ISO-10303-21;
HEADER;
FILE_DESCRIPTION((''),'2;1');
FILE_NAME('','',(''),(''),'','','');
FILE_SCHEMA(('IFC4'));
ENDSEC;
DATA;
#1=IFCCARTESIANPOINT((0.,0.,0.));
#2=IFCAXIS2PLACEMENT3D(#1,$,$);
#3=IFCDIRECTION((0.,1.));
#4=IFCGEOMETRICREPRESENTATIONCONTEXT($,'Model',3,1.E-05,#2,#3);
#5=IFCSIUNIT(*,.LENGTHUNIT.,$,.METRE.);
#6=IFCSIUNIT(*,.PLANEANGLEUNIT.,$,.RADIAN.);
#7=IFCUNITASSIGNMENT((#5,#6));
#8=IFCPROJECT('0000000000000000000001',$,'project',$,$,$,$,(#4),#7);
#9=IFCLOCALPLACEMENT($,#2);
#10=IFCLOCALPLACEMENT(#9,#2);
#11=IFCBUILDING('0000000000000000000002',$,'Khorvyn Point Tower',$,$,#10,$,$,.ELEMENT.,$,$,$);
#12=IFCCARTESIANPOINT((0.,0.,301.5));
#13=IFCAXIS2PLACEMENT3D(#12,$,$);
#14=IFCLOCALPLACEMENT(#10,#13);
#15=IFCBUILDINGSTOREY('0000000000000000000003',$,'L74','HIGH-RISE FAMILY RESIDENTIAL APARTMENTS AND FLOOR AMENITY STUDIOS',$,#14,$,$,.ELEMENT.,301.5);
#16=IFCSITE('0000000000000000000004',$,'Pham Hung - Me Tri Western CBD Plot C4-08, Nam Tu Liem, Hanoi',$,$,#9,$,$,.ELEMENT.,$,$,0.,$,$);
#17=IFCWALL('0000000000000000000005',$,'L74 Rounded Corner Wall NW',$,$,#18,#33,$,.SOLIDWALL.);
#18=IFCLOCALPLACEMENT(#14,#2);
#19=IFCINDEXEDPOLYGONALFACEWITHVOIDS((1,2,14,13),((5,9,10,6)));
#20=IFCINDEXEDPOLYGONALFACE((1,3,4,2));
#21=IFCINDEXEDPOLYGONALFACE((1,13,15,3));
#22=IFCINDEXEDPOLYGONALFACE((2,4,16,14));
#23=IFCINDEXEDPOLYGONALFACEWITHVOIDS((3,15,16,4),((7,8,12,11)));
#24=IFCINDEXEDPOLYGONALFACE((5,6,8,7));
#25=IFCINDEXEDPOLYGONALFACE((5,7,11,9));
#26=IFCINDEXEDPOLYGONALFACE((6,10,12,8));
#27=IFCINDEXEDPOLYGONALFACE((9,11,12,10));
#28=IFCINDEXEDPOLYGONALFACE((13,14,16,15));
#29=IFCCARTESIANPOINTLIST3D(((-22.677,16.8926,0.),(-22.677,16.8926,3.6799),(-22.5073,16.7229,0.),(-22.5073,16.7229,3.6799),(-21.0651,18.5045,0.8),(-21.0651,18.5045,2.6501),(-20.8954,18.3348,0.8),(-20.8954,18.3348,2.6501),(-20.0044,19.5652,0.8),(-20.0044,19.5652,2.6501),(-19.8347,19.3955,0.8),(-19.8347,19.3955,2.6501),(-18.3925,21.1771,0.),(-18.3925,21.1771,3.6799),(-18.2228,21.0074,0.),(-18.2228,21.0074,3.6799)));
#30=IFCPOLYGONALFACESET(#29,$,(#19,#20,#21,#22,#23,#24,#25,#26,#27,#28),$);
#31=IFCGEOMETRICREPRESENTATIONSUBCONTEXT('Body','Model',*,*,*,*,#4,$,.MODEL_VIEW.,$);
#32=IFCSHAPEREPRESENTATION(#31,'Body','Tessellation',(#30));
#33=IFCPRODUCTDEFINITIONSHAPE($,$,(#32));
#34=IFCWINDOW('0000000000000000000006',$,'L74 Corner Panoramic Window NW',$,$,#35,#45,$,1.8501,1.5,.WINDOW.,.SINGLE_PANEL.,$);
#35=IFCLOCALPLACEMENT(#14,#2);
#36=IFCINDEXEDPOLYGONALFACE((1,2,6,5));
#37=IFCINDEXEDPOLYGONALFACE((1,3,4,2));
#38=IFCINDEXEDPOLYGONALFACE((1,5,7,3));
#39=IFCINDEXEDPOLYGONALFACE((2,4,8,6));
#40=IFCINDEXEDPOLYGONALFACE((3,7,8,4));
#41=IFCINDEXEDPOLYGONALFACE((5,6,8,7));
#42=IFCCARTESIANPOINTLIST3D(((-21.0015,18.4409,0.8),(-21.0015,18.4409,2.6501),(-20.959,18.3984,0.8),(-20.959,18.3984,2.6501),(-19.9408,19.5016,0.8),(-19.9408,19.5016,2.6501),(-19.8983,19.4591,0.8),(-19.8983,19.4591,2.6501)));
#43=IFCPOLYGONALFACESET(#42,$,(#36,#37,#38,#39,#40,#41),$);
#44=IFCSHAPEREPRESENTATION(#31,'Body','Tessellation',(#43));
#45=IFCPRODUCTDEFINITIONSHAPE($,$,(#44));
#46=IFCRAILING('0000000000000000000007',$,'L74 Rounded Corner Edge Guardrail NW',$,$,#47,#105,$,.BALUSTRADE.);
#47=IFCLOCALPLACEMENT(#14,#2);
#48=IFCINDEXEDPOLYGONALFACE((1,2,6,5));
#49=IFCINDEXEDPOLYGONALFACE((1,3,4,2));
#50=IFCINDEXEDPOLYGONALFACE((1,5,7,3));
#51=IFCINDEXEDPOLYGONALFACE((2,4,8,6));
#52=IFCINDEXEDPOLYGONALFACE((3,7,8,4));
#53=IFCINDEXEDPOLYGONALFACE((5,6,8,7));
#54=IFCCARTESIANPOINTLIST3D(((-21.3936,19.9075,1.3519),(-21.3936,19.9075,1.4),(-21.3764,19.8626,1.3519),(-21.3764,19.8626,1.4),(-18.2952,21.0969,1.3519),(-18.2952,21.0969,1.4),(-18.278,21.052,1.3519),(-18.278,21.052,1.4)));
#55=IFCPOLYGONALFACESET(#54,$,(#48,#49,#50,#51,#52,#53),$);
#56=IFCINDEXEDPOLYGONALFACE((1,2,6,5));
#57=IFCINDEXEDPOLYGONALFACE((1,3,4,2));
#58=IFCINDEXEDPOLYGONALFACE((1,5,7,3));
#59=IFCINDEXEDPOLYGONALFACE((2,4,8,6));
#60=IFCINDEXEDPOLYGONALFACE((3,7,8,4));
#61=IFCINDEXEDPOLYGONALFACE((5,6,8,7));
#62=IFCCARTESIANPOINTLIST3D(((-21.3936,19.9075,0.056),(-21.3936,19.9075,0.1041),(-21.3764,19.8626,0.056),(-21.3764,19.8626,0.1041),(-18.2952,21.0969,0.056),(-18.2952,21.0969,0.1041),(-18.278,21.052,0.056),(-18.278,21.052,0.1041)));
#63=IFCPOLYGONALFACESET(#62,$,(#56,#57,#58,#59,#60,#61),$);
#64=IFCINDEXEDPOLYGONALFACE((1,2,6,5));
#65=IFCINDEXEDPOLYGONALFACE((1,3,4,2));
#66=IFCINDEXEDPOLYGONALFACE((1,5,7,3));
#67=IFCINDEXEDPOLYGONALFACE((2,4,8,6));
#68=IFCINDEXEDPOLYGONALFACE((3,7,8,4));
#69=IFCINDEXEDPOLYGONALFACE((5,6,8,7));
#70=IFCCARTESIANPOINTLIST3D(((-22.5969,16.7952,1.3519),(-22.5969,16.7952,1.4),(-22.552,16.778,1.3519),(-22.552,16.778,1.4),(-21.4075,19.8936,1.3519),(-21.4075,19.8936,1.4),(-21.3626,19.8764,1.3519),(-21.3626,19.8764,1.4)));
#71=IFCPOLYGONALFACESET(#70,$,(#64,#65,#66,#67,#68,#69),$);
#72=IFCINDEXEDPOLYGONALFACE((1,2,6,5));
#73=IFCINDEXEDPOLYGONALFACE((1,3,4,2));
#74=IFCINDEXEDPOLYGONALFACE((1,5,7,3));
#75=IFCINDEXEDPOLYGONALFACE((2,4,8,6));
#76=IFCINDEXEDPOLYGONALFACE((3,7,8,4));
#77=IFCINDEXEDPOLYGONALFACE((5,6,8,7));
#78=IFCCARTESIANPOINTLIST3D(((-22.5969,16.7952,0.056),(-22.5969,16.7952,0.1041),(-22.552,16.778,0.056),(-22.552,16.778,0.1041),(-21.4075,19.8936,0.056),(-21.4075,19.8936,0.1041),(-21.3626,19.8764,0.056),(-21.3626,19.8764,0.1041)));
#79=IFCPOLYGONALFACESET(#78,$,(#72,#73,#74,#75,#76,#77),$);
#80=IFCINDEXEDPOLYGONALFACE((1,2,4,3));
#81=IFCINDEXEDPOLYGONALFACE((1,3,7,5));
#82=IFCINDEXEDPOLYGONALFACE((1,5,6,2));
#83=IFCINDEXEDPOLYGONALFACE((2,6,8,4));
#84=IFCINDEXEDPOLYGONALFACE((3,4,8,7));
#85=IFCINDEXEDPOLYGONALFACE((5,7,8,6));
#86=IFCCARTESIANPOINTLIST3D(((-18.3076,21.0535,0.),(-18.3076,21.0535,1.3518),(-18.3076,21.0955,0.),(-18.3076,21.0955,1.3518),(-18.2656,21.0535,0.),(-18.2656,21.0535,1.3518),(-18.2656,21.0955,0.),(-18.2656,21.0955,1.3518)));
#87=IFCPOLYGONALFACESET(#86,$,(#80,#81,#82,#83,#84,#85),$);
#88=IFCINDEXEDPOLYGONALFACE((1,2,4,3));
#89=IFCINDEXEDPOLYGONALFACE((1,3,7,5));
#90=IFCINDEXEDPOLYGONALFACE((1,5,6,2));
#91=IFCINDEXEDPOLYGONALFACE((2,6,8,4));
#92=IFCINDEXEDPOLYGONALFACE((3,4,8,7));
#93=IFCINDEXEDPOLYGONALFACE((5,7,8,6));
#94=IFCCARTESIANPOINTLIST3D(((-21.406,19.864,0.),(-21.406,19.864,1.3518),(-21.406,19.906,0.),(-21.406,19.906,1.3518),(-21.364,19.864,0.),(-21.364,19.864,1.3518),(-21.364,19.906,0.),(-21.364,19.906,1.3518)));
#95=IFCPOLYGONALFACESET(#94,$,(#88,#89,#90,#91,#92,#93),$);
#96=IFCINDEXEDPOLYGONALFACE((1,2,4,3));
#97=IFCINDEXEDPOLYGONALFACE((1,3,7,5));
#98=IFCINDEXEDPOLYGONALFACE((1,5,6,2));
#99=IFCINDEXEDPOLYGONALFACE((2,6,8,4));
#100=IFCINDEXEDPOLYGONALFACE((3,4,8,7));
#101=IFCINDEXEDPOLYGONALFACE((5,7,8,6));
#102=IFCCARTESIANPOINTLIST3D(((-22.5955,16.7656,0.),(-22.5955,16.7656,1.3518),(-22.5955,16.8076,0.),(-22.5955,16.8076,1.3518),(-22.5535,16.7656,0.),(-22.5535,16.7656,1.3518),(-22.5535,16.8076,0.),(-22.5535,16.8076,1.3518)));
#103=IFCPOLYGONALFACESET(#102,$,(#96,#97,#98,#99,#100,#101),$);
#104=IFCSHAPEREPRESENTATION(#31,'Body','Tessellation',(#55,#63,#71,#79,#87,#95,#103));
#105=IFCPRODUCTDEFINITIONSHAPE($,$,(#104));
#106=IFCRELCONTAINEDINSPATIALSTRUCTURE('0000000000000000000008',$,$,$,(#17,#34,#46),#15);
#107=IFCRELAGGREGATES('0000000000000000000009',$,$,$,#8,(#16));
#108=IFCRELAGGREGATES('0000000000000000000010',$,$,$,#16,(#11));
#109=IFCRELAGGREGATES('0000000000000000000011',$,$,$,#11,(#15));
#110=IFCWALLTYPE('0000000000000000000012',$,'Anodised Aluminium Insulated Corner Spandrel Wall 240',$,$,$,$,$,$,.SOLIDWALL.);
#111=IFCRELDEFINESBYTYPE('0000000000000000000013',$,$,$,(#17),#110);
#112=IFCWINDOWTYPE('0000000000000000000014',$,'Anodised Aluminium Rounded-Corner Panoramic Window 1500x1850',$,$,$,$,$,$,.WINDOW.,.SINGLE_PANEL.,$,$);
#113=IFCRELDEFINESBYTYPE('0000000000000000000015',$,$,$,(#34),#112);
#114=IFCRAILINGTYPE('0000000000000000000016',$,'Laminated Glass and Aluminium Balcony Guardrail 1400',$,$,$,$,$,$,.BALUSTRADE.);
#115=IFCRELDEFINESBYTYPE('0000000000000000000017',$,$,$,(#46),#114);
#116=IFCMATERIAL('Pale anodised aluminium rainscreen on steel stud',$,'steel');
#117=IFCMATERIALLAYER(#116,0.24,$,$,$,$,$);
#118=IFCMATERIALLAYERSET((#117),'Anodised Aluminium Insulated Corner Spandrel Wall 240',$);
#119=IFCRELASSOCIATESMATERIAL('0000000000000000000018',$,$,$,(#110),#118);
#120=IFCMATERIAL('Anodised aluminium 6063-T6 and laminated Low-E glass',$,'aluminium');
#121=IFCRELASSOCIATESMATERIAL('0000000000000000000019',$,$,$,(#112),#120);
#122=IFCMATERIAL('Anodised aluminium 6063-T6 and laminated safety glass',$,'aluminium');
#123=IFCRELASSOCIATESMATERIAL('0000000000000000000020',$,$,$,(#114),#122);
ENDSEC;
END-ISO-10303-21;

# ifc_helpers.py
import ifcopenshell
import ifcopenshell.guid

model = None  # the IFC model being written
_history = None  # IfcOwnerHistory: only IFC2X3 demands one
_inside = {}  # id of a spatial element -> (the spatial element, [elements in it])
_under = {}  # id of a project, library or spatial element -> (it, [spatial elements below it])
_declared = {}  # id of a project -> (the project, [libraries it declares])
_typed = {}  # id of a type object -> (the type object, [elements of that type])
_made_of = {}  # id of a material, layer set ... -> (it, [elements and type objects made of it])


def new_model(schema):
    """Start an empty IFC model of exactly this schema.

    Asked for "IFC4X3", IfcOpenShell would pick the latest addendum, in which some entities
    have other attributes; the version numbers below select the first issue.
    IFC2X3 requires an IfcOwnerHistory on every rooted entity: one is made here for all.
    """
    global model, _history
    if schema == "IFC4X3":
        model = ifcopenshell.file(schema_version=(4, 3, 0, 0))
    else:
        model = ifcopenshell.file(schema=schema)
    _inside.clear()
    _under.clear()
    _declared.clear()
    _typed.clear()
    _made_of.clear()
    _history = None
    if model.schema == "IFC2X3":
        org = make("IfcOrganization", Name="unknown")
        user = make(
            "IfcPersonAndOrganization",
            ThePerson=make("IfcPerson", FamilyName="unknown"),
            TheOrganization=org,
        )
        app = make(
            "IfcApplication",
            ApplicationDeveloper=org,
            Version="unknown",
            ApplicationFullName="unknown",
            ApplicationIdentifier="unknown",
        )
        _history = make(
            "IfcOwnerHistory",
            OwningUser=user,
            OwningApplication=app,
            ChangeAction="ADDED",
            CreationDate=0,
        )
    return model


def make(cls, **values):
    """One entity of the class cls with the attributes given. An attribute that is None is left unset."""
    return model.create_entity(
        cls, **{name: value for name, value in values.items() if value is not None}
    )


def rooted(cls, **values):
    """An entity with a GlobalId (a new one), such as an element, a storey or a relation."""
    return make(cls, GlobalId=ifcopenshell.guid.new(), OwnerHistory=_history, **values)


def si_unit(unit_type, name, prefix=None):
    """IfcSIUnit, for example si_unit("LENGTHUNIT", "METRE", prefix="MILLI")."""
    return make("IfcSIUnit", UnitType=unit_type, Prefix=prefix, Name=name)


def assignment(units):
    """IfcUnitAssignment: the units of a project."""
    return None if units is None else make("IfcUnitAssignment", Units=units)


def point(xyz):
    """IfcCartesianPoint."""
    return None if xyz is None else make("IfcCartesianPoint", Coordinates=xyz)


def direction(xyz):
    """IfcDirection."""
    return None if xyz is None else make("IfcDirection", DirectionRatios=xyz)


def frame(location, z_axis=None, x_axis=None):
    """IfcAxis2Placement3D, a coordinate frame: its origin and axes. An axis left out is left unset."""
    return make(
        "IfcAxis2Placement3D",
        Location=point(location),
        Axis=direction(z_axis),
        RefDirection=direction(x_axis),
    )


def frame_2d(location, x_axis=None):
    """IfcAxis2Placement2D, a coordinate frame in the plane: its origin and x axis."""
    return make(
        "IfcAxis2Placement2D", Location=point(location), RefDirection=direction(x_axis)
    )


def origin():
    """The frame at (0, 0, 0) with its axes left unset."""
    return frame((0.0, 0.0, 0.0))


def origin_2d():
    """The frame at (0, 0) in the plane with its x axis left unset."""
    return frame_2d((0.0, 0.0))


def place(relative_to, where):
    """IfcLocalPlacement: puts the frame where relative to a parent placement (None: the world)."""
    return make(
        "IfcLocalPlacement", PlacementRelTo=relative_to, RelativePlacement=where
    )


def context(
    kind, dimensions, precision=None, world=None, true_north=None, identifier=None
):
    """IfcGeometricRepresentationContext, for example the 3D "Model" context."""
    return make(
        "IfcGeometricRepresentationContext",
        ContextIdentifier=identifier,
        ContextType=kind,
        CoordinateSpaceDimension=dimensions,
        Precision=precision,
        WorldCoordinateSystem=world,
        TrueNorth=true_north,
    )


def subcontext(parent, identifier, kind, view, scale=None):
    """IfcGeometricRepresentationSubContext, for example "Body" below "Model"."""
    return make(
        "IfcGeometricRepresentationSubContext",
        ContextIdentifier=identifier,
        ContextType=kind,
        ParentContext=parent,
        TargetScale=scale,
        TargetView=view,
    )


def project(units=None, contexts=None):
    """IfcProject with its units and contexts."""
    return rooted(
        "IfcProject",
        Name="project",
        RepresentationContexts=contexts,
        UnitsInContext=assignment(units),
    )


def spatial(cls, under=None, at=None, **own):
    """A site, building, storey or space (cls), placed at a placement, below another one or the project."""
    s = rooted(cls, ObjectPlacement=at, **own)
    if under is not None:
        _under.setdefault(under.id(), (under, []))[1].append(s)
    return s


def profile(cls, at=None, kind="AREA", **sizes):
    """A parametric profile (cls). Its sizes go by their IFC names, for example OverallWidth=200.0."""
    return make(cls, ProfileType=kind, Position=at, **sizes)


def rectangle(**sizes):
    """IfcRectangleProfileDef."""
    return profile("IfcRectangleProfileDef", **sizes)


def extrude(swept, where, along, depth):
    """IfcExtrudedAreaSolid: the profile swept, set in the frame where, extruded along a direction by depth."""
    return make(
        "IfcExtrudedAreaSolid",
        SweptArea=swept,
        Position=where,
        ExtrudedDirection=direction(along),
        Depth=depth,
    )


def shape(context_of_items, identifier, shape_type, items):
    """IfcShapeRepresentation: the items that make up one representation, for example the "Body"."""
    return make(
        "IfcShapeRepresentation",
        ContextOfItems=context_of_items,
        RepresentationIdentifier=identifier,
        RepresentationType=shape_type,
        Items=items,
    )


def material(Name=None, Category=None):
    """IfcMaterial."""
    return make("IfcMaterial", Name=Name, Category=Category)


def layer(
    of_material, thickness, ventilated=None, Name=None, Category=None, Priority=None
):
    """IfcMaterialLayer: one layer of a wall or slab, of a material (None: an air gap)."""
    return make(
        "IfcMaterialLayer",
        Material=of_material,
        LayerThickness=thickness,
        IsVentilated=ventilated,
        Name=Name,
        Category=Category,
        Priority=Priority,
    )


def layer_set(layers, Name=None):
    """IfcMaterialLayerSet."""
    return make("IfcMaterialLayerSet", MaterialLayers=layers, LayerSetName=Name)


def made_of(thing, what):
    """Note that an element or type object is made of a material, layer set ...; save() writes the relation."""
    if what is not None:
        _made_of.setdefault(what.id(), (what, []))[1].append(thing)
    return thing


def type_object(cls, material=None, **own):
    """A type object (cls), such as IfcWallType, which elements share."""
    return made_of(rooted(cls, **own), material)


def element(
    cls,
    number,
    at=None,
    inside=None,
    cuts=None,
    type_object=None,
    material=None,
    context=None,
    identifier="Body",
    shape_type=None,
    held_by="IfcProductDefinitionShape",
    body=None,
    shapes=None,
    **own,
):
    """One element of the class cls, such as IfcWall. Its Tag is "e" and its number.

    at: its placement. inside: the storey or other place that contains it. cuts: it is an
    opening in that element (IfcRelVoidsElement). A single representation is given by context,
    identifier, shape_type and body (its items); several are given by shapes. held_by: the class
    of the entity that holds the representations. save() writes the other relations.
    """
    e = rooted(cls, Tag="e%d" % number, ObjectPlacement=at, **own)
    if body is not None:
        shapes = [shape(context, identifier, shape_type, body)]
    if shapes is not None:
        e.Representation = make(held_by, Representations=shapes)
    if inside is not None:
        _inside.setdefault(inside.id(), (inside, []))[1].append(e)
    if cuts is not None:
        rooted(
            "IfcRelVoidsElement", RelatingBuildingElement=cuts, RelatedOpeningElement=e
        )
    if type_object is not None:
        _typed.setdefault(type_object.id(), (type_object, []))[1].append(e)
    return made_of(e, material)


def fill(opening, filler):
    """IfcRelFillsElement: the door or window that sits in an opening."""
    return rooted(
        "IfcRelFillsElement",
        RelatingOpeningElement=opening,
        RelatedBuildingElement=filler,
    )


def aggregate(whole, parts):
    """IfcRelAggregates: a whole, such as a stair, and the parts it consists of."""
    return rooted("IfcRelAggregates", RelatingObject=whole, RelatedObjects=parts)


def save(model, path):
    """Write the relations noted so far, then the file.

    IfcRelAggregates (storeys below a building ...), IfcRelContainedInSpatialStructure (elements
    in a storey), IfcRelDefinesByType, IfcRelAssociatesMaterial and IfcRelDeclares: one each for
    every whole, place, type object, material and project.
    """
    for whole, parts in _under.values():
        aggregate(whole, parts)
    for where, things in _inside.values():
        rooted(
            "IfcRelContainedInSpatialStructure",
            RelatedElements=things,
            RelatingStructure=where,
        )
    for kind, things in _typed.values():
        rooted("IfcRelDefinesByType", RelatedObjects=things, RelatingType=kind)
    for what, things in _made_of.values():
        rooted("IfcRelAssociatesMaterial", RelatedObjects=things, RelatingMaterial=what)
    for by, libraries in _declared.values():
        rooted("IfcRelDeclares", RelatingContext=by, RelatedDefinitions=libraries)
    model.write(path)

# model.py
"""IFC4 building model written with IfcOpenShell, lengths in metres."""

from ifc_helpers import new_model, si_unit, direction, frame, frame_2d, origin, origin_2d, place, context, subcontext, project, spatial, rectangle, extrude, material, layer, layer_set, type_object, element, fill, save


model = new_model("IFC4")

# Units and contexts
model_context = context("Model", 3, precision=1e-05, world=origin(), true_north=direction((0.0, 1.0)))
body_context = subcontext(model_context, "Body", "Model", "MODEL_VIEW")
ifc_project = project(units=[si_unit("LENGTHUNIT", "METRE"), si_unit("PLANEANGLEUNIT", "RADIAN")], contexts=[model_context])

# Site, building, storey
site_placement = place(None, origin())
site = spatial("IfcSite", under=ifc_project, at=site_placement, Name="Pham Hung - Me Tri Western CBD Plot C4-08, Nam Tu Liem, Hanoi", CompositionType="ELEMENT", RefElevation=0.0)
building_placement = place(site_placement, origin())
building = spatial("IfcBuilding", under=site, at=building_placement, Name="Khorvyn Point Tower", CompositionType="ELEMENT")
storey_placement = place(building_placement, frame((0.0, 0.0, 301.5)))
storey = spatial("IfcBuildingStorey", under=building, at=storey_placement, Name="L74", Description="HIGH-RISE FAMILY RESIDENTIAL APARTMENTS AND FLOOR AMENITY STUDIOS", CompositionType="ELEMENT", Elevation=301.5)

# Shared definitions
ifc_material_1 = material(Name="Anodised aluminium 6063-T6 and laminated Low-E glass", Category="aluminium")

# Wall, opening, window
ifc_material_2 = material(Name="Pale anodised aluminium rainscreen on steel stud", Category="steel")
ifc_layer_1 = layer(ifc_material_2, 0.24)
ifc_layer_set_1 = layer_set([ifc_layer_1], Name="Anodised Aluminium Insulated Corner Spandrel Wall 240")
wall_type_1 = type_object("IfcWallType", Name="Anodised Aluminium Insulated Corner Spandrel Wall 240", PredefinedType="SOLIDWALL", material=ifc_layer_set_1)
wall_1_placement = place(storey_placement, frame((-22.5923, 16.8076, 0.0), z_axis=(0.0, 0.0, 1.0), x_axis=(0.707107, 0.707107, 0.0)))
wall_1 = element("IfcWall", 1, at=wall_1_placement, inside=storey, type_object=wall_type_1, Name="L74 Rounded Corner Wall NW", PredefinedType="SOLIDWALL", context=body_context, shape_type="SweptSolid", body=[
    extrude(rectangle(XDim=6.0593, YDim=0.24, at=frame_2d((3.0298, 0.0))), origin(), (0.0, 0.0, 1.0), 3.6799),
])
opening_1_placement = place(wall_1_placement, frame((2.2798, 0.0, 0.8)))
opening_1 = element("IfcOpeningElement", 2, at=opening_1_placement, cuts=wall_1, PredefinedType="OPENING", context=body_context, shape_type="SweptSolid", body=[
    extrude(rectangle(XDim=1.5, YDim=1.8501, at=frame_2d((0.75, 0.925))), frame((0.0, 0.1299, 0.0), z_axis=(0.0, -1.0, 0.0), x_axis=(1.0, 0.0, 0.0)), (0.0, 0.0, 1.0), 0.26),
])
window_type = type_object("IfcWindowType", Name="Anodised Aluminium Rounded-Corner Panoramic Window 1500x1850", PartitioningType="SINGLE_PANEL", PredefinedType="WINDOW", material=ifc_material_1)
window_placement = place(opening_1_placement, origin())
window = element("IfcWindow", 3, at=window_placement, inside=storey, type_object=window_type, Name="L74 Corner Panoramic Window NW", OverallHeight=1.8501, OverallWidth=1.5, PartitioningType="SINGLE_PANEL", PredefinedType="WINDOW", context=body_context, shape_type="SweptSolid", body=[
    extrude(rectangle(XDim=1.5, YDim=1.8501, at=frame_2d((0.75, 0.925))), frame((0.0, 0.03, 0.0), z_axis=(0.0, -1.0, 0.0), x_axis=(1.0, 0.0, 0.0)), (0.0, 0.0, 1.0), 0.0601),
])
fill(opening_1, window)

# Railing
ifc_material_3 = material(Name="Anodised aluminium 6063-T6 and laminated safety glass", Category="aluminium")
railing_type = type_object("IfcRailingType", Name="Laminated Glass and Aluminium Balcony Guardrail 1400", PredefinedType="BALUSTRADE", material=ifc_material_3)
railing_placement = place(storey_placement, frame((-18.2866, 21.0745, 0.0)))
element("IfcRailing", 4, at=railing_placement, inside=storey, type_object=railing_type, Name="L74 Rounded Corner Edge Guardrail NW", PredefinedType="BALUSTRADE", context=body_context, shape_type="SweptSolid", body=[
    extrude(rectangle(XDim=0.0481, YDim=0.0481, at=origin_2d()), frame((0.0, 0.0, 1.376), z_axis=(-0.933571, -0.358392, 0.0), x_axis=(0.358392, -0.933571, 0.0)), (0.0, 0.0, 1.0), 3.3188),
    extrude(rectangle(XDim=0.0481, YDim=0.0481, at=origin_2d()), frame((0.0, 0.0, 0.0801), z_axis=(-0.933571, -0.358392, 0.0), x_axis=(0.358392, -0.933571, 0.0)), (0.0, 0.0, 1.0), 3.3188),
    extrude(rectangle(XDim=0.0481, YDim=0.0481, at=origin_2d()), frame((-3.0984, -1.1895, 1.376), z_axis=(-0.358392, -0.933571, 0.0), x_axis=(0.933571, -0.358392, 0.0)), (0.0, 0.0, 1.0), 3.3188),
    extrude(rectangle(XDim=0.0481, YDim=0.0481, at=origin_2d()), frame((-3.0984, -1.1895, 0.0801), z_axis=(-0.358392, -0.933571, 0.0), x_axis=(0.933571, -0.358392, 0.0)), (0.0, 0.0, 1.0), 3.3188),
    extrude(rectangle(XDim=0.042, YDim=0.042, at=origin_2d()), origin(), (0.0, 0.0, 1.0), 1.3518),
    extrude(rectangle(XDim=0.042, YDim=0.042, at=origin_2d()), frame((-3.0984, -1.1895, 0.0)), (0.0, 0.0, 1.0), 1.3518),
    extrude(rectangle(XDim=0.042, YDim=0.042, at=origin_2d()), frame((-4.2878, -4.2878, 0.0)), (0.0, 0.0, 1.0), 1.3518),
])

save(model, "model.ifc")
